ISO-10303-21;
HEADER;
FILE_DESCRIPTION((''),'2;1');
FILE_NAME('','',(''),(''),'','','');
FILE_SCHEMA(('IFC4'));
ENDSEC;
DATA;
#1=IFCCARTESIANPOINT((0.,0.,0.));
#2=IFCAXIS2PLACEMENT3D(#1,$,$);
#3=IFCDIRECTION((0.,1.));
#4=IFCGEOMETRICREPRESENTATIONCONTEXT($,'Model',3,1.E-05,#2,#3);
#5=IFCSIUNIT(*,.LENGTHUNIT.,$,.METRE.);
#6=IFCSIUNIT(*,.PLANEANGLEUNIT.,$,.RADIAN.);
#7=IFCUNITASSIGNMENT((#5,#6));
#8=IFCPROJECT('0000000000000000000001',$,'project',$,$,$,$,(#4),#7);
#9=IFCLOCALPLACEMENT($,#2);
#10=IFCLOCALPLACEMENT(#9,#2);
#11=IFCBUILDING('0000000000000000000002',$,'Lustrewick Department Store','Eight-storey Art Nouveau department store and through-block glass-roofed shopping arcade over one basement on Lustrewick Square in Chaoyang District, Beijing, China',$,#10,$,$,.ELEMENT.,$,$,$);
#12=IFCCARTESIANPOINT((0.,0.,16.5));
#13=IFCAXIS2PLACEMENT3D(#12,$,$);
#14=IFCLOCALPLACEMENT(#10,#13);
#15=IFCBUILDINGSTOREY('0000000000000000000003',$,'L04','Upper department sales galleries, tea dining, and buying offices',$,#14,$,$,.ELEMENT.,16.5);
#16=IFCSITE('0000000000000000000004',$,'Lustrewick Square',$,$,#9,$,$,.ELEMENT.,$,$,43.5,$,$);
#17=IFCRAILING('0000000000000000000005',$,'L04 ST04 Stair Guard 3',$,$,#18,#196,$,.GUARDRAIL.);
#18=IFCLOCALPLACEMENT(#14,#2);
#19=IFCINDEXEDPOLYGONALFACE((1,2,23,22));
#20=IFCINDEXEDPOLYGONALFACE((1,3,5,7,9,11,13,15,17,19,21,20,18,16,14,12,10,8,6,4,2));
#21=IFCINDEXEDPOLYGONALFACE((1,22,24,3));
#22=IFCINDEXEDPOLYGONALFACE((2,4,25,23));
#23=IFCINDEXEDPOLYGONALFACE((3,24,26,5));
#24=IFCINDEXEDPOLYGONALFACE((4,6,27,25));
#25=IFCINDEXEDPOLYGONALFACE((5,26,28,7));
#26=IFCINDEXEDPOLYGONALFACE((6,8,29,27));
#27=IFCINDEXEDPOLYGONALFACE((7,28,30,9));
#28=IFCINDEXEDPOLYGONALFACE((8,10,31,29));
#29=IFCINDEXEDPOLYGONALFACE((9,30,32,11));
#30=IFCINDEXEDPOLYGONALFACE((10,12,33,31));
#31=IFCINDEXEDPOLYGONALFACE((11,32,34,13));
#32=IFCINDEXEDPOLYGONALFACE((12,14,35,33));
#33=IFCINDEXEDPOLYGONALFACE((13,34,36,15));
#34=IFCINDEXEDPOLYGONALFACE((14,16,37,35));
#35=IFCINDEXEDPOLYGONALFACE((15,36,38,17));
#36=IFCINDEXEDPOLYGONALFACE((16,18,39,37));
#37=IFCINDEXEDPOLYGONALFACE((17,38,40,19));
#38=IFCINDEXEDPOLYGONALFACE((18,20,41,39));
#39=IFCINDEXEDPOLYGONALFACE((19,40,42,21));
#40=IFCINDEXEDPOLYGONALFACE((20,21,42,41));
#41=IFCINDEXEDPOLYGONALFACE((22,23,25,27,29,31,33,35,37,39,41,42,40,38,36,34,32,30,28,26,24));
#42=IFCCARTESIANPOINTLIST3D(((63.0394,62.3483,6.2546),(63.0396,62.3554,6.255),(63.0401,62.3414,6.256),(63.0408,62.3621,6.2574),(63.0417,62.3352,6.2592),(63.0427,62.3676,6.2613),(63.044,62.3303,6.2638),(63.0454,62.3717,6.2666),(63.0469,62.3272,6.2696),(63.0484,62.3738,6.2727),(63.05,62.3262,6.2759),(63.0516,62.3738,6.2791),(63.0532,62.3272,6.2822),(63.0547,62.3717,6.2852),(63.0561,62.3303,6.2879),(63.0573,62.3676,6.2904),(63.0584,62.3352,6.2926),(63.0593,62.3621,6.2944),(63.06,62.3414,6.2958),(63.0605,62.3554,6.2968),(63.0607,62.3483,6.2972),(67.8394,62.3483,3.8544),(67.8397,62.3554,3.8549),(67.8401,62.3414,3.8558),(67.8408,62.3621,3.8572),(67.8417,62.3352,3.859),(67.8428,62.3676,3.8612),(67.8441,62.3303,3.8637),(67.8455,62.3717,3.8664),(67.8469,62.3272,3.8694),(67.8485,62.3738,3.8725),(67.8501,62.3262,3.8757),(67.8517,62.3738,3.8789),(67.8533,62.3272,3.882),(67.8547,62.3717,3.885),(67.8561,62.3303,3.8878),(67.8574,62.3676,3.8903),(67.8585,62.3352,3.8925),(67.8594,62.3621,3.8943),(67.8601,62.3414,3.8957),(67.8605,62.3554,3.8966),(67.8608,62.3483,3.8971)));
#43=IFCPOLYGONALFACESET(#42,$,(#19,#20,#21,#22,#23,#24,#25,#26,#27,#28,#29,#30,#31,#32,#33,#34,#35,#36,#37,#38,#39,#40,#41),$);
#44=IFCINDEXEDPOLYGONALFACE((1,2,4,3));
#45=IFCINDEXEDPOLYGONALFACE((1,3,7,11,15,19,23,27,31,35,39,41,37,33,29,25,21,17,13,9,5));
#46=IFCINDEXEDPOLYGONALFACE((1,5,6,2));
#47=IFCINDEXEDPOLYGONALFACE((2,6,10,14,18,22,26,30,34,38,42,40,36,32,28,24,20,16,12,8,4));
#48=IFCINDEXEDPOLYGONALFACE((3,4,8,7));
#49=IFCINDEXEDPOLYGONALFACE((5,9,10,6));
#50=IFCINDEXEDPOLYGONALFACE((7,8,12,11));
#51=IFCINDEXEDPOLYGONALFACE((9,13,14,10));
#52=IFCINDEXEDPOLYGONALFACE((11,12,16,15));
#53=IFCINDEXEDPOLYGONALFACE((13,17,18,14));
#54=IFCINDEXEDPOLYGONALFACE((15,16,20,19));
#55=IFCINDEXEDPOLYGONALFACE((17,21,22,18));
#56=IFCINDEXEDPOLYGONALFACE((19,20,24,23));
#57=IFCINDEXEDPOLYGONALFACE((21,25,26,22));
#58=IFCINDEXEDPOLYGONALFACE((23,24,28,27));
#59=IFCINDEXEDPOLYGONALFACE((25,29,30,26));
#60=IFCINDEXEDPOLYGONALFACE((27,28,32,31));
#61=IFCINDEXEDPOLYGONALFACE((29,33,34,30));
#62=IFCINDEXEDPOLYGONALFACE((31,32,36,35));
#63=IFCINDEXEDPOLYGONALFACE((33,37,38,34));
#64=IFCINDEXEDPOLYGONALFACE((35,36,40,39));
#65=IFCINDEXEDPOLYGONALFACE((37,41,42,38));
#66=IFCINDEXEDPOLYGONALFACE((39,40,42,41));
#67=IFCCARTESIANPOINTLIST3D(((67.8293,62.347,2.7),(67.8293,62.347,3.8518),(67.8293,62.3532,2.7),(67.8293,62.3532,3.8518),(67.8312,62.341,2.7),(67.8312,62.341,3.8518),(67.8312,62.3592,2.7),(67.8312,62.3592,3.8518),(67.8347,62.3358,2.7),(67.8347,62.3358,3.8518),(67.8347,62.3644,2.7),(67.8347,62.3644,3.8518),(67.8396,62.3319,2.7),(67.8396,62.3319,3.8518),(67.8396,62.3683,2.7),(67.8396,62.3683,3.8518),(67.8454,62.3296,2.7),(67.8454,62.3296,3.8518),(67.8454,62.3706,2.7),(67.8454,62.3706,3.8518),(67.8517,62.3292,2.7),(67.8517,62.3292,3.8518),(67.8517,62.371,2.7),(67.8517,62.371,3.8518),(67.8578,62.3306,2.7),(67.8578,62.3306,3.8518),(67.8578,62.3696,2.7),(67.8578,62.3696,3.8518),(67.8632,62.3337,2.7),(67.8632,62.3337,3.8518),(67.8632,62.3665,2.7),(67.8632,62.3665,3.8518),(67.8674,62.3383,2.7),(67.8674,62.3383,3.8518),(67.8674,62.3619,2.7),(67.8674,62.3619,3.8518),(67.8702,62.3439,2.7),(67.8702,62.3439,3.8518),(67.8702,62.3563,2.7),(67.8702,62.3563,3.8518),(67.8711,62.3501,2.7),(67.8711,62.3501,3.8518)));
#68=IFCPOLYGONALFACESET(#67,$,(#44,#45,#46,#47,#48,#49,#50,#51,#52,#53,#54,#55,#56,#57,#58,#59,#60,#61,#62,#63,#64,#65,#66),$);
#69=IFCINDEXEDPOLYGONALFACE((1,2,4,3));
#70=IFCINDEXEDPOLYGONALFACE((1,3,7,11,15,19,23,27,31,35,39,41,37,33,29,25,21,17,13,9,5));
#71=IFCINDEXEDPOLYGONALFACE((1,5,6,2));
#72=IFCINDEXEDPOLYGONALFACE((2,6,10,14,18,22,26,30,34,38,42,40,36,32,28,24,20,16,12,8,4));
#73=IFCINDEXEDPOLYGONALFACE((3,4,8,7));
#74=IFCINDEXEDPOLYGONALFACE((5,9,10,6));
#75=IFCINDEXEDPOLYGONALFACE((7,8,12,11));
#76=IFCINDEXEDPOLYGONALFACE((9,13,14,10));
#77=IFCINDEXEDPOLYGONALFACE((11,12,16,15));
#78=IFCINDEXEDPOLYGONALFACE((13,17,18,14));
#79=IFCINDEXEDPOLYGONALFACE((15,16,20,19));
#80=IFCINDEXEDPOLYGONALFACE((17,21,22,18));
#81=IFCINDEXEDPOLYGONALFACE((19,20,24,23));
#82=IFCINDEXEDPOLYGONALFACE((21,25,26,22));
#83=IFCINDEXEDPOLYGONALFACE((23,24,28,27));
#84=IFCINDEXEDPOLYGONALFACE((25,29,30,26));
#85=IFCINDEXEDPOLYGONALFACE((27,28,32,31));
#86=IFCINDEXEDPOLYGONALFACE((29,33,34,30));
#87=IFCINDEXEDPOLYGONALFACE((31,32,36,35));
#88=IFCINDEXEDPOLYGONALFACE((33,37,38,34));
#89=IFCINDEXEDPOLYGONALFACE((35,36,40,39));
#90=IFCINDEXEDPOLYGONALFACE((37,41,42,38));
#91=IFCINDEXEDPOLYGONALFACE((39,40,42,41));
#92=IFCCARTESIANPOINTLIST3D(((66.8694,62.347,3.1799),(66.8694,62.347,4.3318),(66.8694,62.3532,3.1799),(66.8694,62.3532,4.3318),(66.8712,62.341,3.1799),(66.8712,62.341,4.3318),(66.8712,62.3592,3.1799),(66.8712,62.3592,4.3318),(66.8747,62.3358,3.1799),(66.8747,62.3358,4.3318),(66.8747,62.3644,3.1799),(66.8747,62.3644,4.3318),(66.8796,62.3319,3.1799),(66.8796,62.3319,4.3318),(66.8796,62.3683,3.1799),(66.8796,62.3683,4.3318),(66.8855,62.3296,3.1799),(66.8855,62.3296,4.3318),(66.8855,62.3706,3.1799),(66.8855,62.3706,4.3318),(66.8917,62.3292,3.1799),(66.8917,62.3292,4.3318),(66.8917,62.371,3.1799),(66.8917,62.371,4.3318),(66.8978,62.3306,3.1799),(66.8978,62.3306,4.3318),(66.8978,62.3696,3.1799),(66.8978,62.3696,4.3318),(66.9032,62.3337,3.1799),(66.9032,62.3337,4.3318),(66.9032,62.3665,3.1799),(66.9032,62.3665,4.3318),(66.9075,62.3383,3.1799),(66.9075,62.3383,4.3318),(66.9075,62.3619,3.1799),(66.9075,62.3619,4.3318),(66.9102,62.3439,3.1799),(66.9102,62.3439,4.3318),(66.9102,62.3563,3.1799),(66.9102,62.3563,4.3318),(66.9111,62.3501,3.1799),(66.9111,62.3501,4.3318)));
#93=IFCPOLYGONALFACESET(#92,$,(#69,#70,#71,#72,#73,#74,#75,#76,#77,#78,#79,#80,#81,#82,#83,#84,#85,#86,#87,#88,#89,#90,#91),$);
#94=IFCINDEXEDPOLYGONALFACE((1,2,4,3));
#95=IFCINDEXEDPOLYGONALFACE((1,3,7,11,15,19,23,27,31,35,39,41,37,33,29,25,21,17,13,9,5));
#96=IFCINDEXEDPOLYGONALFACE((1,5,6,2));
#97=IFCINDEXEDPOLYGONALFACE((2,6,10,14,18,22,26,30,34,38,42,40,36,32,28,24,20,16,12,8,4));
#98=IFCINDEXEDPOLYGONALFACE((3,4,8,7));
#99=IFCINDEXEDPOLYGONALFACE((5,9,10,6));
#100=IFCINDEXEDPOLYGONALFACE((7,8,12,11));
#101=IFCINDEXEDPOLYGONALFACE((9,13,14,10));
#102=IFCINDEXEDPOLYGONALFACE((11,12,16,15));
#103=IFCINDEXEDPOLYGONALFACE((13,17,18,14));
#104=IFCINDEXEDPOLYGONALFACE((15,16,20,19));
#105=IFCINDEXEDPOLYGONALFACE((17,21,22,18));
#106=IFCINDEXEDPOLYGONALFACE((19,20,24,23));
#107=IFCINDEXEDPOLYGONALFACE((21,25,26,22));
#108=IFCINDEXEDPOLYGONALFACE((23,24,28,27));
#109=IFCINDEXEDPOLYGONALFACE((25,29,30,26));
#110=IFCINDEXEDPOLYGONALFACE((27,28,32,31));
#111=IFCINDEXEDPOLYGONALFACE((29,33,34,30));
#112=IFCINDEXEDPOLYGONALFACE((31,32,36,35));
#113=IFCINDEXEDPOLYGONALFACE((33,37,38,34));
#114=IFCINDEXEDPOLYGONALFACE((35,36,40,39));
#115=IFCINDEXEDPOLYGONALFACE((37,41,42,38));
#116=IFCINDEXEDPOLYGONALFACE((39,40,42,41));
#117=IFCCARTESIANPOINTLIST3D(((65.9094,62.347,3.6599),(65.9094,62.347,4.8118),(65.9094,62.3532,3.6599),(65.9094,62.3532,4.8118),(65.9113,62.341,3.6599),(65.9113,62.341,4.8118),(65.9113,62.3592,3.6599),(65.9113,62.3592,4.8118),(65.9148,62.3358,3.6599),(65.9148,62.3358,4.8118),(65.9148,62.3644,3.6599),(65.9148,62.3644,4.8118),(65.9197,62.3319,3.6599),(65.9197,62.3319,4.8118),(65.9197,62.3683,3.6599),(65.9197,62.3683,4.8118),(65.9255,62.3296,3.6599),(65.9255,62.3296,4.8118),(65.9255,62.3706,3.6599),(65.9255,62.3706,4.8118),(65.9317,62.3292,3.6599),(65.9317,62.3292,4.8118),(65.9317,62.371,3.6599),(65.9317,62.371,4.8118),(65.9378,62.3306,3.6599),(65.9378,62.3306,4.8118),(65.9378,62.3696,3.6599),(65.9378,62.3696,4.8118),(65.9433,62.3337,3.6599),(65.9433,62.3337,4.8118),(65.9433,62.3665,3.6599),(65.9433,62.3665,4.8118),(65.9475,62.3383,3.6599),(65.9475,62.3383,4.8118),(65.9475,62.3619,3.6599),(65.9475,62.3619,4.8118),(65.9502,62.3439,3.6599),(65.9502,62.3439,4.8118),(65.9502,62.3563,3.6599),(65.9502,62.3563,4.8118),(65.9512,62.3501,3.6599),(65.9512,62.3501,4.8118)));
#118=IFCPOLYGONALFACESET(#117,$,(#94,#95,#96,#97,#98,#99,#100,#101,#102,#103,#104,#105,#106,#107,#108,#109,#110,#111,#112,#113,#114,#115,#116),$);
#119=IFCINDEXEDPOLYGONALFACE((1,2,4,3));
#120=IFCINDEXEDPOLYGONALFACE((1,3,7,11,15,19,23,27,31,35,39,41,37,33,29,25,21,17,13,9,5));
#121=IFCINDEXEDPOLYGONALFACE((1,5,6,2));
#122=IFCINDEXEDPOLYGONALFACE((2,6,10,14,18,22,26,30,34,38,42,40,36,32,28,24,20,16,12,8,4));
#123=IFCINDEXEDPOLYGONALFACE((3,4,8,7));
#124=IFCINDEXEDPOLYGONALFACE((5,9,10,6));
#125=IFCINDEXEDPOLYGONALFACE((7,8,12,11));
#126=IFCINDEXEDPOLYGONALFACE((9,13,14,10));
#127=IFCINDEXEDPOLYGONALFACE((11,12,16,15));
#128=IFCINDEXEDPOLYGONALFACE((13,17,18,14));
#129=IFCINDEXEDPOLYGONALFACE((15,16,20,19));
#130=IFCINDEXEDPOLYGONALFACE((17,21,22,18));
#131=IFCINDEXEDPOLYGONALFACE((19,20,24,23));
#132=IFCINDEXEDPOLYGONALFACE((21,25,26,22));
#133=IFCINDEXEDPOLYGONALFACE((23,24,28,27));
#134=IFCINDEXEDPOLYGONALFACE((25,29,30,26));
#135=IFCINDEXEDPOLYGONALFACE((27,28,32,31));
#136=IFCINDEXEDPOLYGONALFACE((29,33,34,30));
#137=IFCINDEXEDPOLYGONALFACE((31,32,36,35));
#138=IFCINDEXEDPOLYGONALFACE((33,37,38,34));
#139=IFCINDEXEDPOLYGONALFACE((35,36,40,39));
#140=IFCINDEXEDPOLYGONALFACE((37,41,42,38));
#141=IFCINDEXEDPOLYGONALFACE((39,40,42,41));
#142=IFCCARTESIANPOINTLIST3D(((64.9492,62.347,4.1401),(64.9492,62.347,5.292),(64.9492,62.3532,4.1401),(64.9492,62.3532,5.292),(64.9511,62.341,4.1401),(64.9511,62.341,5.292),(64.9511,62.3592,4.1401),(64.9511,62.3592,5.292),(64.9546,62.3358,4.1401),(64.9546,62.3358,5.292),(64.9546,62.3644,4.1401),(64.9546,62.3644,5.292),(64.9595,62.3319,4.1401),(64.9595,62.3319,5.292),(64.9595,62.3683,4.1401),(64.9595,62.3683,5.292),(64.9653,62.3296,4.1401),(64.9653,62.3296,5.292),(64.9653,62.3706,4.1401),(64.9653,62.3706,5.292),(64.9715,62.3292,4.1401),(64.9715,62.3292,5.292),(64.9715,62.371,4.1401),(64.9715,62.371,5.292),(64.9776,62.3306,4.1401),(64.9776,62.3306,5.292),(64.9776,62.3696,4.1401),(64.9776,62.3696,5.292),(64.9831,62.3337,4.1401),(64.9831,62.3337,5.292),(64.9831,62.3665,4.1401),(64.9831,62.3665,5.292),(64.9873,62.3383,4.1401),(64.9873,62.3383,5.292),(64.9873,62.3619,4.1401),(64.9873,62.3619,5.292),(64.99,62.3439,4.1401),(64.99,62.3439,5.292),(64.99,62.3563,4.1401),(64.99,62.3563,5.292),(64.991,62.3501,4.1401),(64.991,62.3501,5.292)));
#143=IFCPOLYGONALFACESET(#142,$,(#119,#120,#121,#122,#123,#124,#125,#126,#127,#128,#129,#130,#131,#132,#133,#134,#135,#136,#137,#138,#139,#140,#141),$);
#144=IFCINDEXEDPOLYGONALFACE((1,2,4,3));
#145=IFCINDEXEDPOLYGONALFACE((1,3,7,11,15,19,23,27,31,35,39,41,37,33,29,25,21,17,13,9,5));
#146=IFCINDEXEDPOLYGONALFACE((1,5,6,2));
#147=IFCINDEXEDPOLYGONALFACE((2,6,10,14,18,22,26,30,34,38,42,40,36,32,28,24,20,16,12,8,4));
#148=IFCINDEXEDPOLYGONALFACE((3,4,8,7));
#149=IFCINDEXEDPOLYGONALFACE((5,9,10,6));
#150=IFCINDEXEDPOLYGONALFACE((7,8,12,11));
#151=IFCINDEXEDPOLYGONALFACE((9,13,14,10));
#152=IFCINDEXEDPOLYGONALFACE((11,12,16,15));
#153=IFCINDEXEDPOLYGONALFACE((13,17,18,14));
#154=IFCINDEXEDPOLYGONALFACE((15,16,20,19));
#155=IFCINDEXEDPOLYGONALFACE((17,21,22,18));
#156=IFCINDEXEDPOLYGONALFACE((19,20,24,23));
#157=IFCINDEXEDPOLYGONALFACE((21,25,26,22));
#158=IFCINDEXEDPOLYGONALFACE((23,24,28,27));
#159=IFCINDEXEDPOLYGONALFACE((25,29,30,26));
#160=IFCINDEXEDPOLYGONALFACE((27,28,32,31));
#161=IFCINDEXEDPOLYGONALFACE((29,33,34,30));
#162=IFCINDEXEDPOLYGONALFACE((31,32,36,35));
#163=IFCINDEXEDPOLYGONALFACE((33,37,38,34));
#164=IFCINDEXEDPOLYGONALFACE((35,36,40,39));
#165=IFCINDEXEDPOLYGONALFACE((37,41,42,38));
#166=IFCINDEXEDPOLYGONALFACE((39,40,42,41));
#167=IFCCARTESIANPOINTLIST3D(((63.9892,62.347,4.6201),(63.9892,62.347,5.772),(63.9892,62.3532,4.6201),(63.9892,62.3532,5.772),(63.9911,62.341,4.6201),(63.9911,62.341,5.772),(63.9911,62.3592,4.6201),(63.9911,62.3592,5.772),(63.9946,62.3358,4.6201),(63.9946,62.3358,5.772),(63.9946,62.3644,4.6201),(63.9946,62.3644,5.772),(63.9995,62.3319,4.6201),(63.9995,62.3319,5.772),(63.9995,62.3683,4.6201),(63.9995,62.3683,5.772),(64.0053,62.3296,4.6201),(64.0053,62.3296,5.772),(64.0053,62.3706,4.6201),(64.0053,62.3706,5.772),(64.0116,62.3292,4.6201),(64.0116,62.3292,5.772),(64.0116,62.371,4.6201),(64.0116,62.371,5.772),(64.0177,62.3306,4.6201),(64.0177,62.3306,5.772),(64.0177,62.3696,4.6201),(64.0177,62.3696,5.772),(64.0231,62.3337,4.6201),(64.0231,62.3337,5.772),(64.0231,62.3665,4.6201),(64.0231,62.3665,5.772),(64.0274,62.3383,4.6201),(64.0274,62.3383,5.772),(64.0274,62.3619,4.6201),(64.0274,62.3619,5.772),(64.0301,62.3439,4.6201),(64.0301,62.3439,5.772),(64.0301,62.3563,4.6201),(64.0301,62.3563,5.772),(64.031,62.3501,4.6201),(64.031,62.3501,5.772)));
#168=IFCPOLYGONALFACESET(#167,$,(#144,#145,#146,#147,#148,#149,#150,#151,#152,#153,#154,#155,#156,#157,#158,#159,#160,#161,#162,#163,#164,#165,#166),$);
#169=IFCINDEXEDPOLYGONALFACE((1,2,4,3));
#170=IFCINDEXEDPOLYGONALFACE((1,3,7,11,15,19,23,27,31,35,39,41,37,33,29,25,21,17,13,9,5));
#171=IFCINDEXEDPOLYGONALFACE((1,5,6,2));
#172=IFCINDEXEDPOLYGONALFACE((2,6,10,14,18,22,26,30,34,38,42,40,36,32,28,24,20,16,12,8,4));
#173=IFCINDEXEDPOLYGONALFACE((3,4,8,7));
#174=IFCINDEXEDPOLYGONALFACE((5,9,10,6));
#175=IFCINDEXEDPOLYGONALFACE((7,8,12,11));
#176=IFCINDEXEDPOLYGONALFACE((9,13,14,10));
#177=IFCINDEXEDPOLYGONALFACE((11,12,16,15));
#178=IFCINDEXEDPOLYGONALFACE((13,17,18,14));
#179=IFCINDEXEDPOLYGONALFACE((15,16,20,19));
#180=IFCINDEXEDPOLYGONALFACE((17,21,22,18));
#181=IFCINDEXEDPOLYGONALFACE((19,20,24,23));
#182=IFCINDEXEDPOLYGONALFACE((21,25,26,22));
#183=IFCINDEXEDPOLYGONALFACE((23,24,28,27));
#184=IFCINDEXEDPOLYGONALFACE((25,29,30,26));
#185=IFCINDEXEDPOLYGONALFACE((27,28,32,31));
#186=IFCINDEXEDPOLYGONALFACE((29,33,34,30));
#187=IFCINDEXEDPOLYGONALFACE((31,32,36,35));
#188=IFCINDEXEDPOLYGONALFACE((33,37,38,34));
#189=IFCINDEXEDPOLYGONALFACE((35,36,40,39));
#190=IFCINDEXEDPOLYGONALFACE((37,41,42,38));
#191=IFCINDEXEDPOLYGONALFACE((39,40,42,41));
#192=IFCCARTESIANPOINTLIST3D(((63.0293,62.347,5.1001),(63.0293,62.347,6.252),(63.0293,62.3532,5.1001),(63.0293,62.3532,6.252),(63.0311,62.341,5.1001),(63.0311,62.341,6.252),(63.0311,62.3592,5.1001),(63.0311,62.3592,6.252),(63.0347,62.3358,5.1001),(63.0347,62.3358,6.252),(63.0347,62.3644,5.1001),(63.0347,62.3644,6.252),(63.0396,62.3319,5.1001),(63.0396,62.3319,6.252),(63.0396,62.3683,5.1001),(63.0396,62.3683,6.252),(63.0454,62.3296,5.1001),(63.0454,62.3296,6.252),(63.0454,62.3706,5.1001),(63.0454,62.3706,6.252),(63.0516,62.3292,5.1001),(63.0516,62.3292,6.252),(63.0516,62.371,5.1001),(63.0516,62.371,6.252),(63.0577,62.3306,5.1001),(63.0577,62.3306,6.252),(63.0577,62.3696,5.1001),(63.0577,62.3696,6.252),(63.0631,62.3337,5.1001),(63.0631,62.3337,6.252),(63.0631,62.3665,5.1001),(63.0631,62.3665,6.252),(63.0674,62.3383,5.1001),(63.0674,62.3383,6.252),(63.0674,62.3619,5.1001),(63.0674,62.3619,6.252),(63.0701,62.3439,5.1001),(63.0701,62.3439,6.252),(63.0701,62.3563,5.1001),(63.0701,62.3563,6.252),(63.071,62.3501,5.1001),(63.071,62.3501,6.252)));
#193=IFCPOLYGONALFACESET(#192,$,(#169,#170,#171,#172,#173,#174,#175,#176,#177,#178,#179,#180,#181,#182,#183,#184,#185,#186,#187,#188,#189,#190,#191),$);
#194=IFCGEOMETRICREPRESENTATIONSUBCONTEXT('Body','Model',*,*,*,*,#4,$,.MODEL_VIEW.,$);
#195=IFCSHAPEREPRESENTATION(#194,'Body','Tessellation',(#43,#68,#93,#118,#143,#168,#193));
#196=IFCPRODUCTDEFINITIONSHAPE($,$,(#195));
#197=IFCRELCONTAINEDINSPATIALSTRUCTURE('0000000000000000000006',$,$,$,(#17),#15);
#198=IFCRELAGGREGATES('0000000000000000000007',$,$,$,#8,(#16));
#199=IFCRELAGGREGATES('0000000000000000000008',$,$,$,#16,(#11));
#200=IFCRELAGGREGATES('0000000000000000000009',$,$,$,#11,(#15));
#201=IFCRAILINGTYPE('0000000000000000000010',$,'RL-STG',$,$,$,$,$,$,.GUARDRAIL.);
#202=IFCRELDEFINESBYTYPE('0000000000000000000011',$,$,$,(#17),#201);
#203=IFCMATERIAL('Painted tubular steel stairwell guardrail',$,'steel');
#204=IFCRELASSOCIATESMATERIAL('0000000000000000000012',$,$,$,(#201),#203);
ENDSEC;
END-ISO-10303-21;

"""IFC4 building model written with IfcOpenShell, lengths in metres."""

from ifc_helpers import new_model, si_unit, direction, frame, origin, origin_2d, place, context, subcontext, project, spatial, circle, extrude, material, type_object, element, save


model = new_model("IFC4")

# Units and contexts
model_context = context("Model", 3, precision=1e-05, world=origin(), true_north=direction((0.0, 1.0)))
body_context = subcontext(model_context, "Body", "Model", "MODEL_VIEW")
ifc_project = project(units=[si_unit("LENGTHUNIT", "METRE"), si_unit("PLANEANGLEUNIT", "RADIAN")], contexts=[model_context])

# Site, building, storey
site_placement = place(None, origin())
site = spatial("IfcSite", under=ifc_project, at=site_placement, Name="Lustrewick Square", CompositionType="ELEMENT", RefElevation=43.5)
building_placement = place(site_placement, origin())
building = spatial("IfcBuilding", under=site, at=building_placement, Name="Lustrewick Department Store", Description="Eight-storey Art Nouveau department store and through-block glass-roofed shopping arcade over one basement on Lustrewick Square in Chaoyang District, Beijing, China", CompositionType="ELEMENT")
storey_placement = place(building_placement, frame((0.0, 0.0, 16.5)))
storey = spatial("IfcBuildingStorey", under=building, at=storey_placement, Name="L04", Description="Upper department sales galleries, tea dining, and buying offices", CompositionType="ELEMENT", Elevation=16.5)

# Railing
ifc_material_1 = material(Name="Painted tubular steel stairwell guardrail", Category="steel")
railing_type_1 = type_object("IfcRailingType", Name="RL-STG", PredefinedType="GUARDRAIL", material=ifc_material_1)
railing_1_placement = place(storey_placement, frame((67.8501, 62.3501, 2.7)))
element("IfcRailing", 1, at=railing_1_placement, inside=storey, type_object=railing_type_1, Name="L04 ST04 Stair Guard 3", PredefinedType="GUARDRAIL", context=body_context, shape_type="SweptSolid", body=[
    extrude(circle(Radius=0.0239, at=origin_2d()), frame((0.0, 0.0, 1.1758), z_axis=(-0.894418, 0.0, 0.447232), x_axis=(0.0, -1.0, 0.0)), (0.0, 0.0, 1.0), 5.3667),
    extrude(circle(Radius=0.021, at=origin_2d()), origin(), (0.0, 0.0, 1.0), 1.1519),
    extrude(circle(Radius=0.021, at=origin_2d()), frame((-0.96, 0.0, 0.48)), (0.0, 0.0, 1.0), 1.1519),
    extrude(circle(Radius=0.021, at=origin_2d()), frame((-1.9199, 0.0, 0.96)), (0.0, 0.0, 1.0), 1.1519),
    extrude(circle(Radius=0.021, at=origin_2d()), frame((-2.8801, 0.0, 1.4402)), (0.0, 0.0, 1.0), 1.1519),
    extrude(circle(Radius=0.021, at=origin_2d()), frame((-3.8401, 0.0, 1.9202)), (0.0, 0.0, 1.0), 1.1519),
    extrude(circle(Radius=0.021, at=origin_2d()), frame((-4.8, 0.0, 2.4001)), (0.0, 0.0, 1.0), 1.1519),
])

save(model, "model.ifc")
